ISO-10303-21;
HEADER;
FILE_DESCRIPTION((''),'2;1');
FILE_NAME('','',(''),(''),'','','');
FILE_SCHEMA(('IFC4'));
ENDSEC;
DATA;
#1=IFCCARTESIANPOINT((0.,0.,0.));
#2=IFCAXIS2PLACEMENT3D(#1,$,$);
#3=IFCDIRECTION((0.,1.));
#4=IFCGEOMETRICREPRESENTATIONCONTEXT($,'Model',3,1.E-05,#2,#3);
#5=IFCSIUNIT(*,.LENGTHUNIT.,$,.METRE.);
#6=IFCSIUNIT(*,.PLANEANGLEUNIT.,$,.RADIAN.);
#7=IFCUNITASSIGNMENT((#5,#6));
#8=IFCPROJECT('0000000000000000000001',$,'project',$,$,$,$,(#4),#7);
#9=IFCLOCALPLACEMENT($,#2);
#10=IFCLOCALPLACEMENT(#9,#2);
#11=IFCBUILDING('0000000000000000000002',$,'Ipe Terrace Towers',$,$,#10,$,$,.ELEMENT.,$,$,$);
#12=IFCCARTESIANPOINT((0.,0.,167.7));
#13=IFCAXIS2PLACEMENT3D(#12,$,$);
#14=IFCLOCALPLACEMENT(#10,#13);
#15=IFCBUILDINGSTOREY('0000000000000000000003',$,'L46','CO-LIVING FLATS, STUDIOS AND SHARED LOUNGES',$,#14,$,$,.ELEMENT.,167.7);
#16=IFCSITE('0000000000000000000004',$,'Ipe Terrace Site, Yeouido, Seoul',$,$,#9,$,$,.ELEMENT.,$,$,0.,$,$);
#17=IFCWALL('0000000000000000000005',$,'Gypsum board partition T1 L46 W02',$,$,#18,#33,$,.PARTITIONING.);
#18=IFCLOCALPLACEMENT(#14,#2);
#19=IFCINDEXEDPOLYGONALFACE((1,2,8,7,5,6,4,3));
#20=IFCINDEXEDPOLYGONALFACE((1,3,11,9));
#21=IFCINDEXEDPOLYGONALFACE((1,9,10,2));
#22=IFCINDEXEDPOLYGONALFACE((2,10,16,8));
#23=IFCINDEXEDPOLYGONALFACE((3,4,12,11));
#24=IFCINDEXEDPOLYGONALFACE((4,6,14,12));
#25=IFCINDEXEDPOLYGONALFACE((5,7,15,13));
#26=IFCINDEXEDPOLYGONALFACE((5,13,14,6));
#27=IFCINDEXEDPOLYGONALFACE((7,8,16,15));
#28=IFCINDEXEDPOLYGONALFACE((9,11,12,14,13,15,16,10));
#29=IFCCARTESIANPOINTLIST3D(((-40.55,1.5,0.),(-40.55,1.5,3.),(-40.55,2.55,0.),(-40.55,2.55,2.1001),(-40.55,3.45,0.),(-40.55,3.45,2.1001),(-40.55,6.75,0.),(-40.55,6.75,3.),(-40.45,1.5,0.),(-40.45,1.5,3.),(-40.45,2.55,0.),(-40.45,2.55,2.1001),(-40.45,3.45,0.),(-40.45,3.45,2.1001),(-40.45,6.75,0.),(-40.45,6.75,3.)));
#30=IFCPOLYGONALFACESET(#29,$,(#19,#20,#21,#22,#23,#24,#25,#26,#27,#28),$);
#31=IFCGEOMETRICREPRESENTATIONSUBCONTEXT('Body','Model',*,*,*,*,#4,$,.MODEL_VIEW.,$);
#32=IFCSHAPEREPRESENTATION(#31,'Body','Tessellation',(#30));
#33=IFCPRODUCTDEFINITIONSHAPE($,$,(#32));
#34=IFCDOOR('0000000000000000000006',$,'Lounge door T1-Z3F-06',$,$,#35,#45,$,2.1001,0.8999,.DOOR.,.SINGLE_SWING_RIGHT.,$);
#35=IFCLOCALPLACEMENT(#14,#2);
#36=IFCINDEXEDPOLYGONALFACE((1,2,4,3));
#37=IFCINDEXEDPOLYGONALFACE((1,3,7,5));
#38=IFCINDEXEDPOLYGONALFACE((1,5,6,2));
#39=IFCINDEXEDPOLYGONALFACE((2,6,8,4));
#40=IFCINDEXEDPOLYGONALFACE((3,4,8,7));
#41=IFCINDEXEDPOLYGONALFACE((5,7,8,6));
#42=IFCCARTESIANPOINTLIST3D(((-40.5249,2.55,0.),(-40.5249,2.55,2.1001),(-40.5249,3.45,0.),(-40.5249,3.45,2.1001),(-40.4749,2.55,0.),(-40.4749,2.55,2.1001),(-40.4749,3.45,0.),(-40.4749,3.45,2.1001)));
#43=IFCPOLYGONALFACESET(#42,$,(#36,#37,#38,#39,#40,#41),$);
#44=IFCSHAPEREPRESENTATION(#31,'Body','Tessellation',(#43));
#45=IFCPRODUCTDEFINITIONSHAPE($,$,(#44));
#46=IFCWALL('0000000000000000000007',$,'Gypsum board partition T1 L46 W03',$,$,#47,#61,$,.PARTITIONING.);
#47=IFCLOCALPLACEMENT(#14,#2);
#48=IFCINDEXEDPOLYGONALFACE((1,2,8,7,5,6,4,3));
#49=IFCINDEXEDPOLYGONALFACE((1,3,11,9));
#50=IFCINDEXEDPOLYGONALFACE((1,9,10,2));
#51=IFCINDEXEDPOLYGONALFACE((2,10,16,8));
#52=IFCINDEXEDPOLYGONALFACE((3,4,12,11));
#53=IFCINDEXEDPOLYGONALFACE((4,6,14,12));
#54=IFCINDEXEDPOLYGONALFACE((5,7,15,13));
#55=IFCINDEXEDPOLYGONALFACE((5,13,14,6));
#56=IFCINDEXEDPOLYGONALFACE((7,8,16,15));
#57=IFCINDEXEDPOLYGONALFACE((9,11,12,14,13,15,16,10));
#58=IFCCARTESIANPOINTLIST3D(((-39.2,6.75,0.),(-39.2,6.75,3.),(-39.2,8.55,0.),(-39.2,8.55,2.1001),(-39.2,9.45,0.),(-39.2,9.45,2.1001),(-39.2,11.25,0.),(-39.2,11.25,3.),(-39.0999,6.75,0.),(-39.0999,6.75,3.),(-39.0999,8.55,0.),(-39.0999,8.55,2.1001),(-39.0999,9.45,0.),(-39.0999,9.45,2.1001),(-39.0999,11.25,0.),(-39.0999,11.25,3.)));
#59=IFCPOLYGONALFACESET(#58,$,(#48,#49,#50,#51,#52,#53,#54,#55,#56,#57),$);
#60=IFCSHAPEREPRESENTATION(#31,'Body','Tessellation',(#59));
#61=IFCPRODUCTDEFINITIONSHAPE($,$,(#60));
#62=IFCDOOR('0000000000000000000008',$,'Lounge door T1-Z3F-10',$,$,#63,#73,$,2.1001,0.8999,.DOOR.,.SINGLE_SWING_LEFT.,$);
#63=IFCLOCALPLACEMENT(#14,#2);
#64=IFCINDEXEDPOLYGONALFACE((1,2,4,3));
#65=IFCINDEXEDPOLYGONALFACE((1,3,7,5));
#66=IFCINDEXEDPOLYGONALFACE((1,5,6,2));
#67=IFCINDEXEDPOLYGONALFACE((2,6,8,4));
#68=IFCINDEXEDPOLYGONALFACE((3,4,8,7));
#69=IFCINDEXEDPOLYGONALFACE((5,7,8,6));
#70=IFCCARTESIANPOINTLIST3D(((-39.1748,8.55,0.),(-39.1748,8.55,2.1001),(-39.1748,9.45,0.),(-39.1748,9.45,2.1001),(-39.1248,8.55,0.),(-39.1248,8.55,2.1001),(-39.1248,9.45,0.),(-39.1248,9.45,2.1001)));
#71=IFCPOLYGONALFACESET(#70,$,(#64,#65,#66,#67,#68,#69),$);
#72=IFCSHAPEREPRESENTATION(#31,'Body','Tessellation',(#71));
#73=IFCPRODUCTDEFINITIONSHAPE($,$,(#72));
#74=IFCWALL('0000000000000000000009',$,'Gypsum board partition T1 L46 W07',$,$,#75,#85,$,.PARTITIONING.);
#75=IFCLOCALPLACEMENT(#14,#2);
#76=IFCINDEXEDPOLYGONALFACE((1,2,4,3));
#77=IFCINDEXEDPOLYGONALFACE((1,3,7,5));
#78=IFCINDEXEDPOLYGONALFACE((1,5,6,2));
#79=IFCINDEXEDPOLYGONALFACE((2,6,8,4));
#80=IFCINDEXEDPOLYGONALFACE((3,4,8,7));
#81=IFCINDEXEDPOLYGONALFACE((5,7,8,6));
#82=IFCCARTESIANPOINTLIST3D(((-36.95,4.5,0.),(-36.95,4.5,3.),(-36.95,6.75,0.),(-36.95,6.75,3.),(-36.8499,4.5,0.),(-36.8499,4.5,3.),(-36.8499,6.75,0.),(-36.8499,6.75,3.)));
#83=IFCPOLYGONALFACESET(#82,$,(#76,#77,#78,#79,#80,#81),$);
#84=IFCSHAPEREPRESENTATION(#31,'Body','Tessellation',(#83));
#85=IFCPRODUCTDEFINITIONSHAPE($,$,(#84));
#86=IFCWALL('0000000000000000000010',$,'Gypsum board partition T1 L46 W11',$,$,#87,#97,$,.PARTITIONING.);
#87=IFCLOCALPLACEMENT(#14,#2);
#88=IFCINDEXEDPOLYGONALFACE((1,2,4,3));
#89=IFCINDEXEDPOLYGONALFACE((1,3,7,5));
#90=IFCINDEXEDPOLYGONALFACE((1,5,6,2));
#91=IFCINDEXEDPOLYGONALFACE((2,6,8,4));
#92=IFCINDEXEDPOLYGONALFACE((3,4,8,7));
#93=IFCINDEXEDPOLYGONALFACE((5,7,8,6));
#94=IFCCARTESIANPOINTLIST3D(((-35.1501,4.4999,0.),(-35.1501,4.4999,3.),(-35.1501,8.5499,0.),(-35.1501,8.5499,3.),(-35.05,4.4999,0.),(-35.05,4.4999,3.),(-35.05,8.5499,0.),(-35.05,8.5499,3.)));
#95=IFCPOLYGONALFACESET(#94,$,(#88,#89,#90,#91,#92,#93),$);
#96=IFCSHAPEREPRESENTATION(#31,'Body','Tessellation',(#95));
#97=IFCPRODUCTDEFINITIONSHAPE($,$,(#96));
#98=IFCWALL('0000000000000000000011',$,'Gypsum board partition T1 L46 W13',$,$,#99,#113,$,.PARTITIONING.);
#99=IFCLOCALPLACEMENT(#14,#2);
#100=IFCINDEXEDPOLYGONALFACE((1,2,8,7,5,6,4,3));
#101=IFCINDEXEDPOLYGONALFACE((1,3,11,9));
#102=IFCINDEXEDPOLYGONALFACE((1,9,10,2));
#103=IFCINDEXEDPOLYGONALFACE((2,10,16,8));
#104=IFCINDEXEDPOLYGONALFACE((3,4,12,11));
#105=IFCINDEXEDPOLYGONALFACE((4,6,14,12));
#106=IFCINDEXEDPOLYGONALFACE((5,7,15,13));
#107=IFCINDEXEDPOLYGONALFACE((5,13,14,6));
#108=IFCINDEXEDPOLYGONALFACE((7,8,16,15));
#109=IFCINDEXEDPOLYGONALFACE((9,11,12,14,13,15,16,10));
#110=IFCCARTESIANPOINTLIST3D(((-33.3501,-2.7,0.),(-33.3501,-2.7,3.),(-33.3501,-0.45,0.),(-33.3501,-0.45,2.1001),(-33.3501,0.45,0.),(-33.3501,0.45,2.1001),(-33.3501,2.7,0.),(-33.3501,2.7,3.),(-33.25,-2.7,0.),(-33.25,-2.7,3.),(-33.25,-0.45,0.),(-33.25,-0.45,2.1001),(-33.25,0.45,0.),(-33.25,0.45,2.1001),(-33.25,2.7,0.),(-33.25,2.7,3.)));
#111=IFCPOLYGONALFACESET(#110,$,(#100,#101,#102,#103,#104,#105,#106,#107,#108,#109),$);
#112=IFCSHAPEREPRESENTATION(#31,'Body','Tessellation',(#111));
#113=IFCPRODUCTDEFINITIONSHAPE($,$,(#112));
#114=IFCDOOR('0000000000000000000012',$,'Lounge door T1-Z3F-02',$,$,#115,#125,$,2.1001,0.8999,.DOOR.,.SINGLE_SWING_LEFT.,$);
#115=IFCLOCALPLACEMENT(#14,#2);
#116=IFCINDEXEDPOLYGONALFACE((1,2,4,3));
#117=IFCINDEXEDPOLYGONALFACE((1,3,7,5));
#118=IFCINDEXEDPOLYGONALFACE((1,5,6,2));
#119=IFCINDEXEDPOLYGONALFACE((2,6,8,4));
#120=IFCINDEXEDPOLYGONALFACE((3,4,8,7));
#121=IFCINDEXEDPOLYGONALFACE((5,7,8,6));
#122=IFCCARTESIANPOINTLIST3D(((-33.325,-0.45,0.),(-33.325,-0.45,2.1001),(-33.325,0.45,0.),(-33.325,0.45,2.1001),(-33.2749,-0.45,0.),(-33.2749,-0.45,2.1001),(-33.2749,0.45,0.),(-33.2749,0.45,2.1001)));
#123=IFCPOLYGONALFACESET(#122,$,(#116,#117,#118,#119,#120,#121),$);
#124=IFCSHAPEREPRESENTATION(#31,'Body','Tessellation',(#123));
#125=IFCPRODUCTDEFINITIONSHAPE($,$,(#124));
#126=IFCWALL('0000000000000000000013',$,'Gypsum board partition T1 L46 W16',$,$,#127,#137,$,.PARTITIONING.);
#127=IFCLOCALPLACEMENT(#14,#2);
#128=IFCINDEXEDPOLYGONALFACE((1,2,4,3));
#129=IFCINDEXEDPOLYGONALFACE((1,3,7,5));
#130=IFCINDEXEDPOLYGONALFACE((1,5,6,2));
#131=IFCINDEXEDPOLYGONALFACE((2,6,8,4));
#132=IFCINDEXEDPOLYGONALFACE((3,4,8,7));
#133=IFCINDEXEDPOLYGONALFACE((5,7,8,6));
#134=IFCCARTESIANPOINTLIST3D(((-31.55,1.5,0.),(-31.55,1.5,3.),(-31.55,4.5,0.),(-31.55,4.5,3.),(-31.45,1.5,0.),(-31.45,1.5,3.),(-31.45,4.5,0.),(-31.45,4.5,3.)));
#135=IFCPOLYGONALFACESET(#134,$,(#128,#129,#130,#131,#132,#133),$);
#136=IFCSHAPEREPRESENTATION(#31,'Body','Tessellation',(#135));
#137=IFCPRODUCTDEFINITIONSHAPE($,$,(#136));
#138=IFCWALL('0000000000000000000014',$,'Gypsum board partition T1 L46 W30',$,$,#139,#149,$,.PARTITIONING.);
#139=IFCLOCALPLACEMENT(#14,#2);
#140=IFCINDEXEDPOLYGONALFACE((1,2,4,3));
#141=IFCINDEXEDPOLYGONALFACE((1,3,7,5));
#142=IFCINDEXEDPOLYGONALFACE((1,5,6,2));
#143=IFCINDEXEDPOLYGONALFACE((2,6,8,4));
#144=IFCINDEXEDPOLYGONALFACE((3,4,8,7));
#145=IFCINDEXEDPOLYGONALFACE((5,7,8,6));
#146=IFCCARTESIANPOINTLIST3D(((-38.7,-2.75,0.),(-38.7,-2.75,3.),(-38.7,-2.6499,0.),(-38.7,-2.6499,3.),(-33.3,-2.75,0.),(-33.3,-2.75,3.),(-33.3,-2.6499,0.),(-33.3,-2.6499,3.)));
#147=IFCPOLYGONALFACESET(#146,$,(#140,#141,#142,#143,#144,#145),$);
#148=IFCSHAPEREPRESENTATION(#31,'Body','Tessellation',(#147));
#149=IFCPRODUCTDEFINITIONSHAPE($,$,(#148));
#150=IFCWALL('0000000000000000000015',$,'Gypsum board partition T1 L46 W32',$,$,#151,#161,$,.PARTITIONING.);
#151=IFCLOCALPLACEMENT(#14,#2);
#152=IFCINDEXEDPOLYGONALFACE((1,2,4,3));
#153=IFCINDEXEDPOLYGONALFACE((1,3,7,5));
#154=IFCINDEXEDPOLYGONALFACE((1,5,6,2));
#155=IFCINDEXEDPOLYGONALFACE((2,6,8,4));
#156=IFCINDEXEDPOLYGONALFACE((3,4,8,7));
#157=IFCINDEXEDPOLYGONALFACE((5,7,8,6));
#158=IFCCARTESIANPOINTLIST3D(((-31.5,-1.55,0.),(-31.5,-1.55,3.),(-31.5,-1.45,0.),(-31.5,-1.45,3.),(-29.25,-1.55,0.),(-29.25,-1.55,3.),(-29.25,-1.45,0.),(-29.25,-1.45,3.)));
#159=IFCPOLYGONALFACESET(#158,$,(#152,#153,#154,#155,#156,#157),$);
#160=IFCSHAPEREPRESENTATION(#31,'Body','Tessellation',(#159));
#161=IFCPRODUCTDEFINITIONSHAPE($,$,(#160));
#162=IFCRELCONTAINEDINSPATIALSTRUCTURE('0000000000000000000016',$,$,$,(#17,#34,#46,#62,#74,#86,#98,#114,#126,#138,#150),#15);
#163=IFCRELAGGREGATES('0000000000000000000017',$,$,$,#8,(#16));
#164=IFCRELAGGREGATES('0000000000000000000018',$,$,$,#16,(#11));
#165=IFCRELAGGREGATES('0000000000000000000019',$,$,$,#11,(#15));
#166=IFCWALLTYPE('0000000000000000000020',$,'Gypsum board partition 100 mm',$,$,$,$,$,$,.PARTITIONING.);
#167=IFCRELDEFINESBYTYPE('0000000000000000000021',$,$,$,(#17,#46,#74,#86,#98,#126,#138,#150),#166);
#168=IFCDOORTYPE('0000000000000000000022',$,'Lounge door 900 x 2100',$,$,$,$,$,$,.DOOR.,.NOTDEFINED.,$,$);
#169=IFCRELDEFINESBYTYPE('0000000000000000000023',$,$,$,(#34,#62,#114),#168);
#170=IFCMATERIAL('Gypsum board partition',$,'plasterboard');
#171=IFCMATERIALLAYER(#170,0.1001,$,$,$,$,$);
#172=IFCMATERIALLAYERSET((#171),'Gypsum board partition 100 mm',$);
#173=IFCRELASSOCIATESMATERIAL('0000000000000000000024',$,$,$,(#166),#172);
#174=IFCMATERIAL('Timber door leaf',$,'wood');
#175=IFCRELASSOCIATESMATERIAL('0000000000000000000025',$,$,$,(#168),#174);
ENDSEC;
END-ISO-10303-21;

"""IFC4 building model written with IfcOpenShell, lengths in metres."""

from ifc_helpers import new_model, si_unit, direction, frame, frame_2d, origin, place, context, subcontext, project, spatial, rectangle, extrude, material, layer, layer_set, type_object, element, fill, save


model = new_model("IFC4")

# Units and contexts
model_context = context("Model", 3, precision=1e-05, world=origin(), true_north=direction((0.0, 1.0)))
body_context = subcontext(model_context, "Body", "Model", "MODEL_VIEW")
ifc_project = project(units=[si_unit("LENGTHUNIT", "METRE"), si_unit("PLANEANGLEUNIT", "RADIAN")], contexts=[model_context])

# Site, building, storey
site_placement = place(None, origin())
site = spatial("IfcSite", under=ifc_project, at=site_placement, Name="Ipe Terrace Site, Yeouido, Seoul", CompositionType="ELEMENT", RefElevation=0.0)
building_placement = place(site_placement, origin())
building = spatial("IfcBuilding", under=site, at=building_placement, Name="Ipe Terrace Towers", CompositionType="ELEMENT")
storey_placement = place(building_placement, frame((0.0, 0.0, 167.7)))
storey = spatial("IfcBuildingStorey", under=building, at=storey_placement, Name="L46", Description="CO-LIVING FLATS, STUDIOS AND SHARED LOUNGES", CompositionType="ELEMENT", Elevation=167.7)

# Walls, openings, doors
ifc_material_1 = material(Name="Gypsum board partition", Category="plasterboard")
ifc_layer = layer(ifc_material_1, 0.1001)
ifc_layer_set = layer_set([ifc_layer], Name="Gypsum board partition 100 mm")
wall_type = type_object("IfcWallType", Name="Gypsum board partition 100 mm", PredefinedType="PARTITIONING", material=ifc_layer_set)
wall_1_placement = place(storey_placement, frame((-40.5, 1.5, 0.0), z_axis=(0.0, 0.0, 1.0), x_axis=(0.0, 1.0, 0.0)))
wall_1 = element("IfcWall", 1, at=wall_1_placement, inside=storey, type_object=wall_type, Name="Gypsum board partition T1 L46 W02", PredefinedType="PARTITIONING", context=body_context, shape_type="SweptSolid", body=[
    extrude(rectangle(XDim=5.25, YDim=0.1001, at=frame_2d((2.625, 0.0))), origin(), (0.0, 0.0, 1.0), 3.0),
])
opening_1_placement = place(wall_1_placement, frame((1.05, 0.0, 0.0)))
opening_1 = element("IfcOpeningElement", 2, at=opening_1_placement, cuts=wall_1, PredefinedType="OPENING", context=body_context, shape_type="SweptSolid", body=[
    extrude(rectangle(XDim=0.8999, YDim=2.1001, at=frame_2d((0.45, 1.05))), frame((0.0, 0.0601, 0.0), z_axis=(0.0, -1.0, 0.0), x_axis=(1.0, 0.0, 0.0)), (0.0, 0.0, 1.0), 0.1201),
])
ifc_material_2 = material(Name="Timber door leaf", Category="wood")
door_type_1 = type_object("IfcDoorType", Name="Lounge door 900 x 2100", OperationType="NOTDEFINED", PredefinedType="DOOR", material=ifc_material_2)
door_1_placement = place(opening_1_placement, origin())
door_1 = element("IfcDoor", 3, at=door_1_placement, inside=storey, type_object=door_type_1, Name="Lounge door T1-Z3F-06", OperationType="SINGLE_SWING_RIGHT", OverallHeight=2.1001, OverallWidth=0.8999, PredefinedType="DOOR", context=body_context, shape_type="SweptSolid", body=[
    extrude(rectangle(XDim=0.8999, YDim=2.1001, at=frame_2d((0.45, 1.05))), frame((0.0, 0.0249, 0.0), z_axis=(0.0, -1.0, 0.0), x_axis=(1.0, 0.0, 0.0)), (0.0, 0.0, 1.0), 0.05),
])
fill(opening_1, door_1)
wall_2_placement = place(storey_placement, frame((-39.1499, 6.75, 0.0), z_axis=(0.0, 0.0, 1.0), x_axis=(0.0, 1.0, 0.0)))
wall_2 = element("IfcWall", 4, at=wall_2_placement, inside=storey, type_object=wall_type, Name="Gypsum board partition T1 L46 W03", PredefinedType="PARTITIONING", context=body_context, shape_type="SweptSolid", body=[
    extrude(rectangle(XDim=4.5, YDim=0.1001, at=frame_2d((2.25, 0.0))), origin(), (0.0, 0.0, 1.0), 3.0),
])
opening_2_placement = place(wall_2_placement, frame((1.8, 0.0, 0.0)))
opening_2 = element("IfcOpeningElement", 5, at=opening_2_placement, cuts=wall_2, PredefinedType="OPENING", context=body_context, shape_type="SweptSolid", body=[
    extrude(rectangle(XDim=0.8999, YDim=2.1001, at=frame_2d((0.45, 1.05))), frame((0.0, 0.0601, 0.0), z_axis=(0.0, -1.0, 0.0), x_axis=(1.0, 0.0, 0.0)), (0.0, 0.0, 1.0), 0.1201),
])
door_2_placement = place(opening_2_placement, origin())
door_2 = element("IfcDoor", 6, at=door_2_placement, inside=storey, type_object=door_type_1, Name="Lounge door T1-Z3F-10", OperationType="SINGLE_SWING_LEFT", OverallHeight=2.1001, OverallWidth=0.8999, PredefinedType="DOOR", context=body_context, shape_type="SweptSolid", body=[
    extrude(rectangle(XDim=0.8999, YDim=2.1001, at=frame_2d((0.45, 1.05))), frame((0.0, 0.0249, 0.0), z_axis=(0.0, -1.0, 0.0), x_axis=(1.0, 0.0, 0.0)), (0.0, 0.0, 1.0), 0.05),
])
fill(opening_2, door_2)

# Walls
wall_3_placement = place(storey_placement, frame((-36.8999, 4.5, 0.0), z_axis=(0.0, 0.0, 1.0), x_axis=(0.0, 1.0, 0.0)))
element("IfcWall", 7, at=wall_3_placement, inside=storey, type_object=wall_type, Name="Gypsum board partition T1 L46 W07", PredefinedType="PARTITIONING", context=body_context, shape_type="SweptSolid", body=[
    extrude(rectangle(XDim=2.25, YDim=0.1001, at=frame_2d((1.125, 0.0))), origin(), (0.0, 0.0, 1.0), 3.0),
])
wall_4_placement = place(storey_placement, frame((-35.1001, 4.5, 0.0), z_axis=(0.0, 0.0, 1.0), x_axis=(0.0, 1.0, 0.0)))
element("IfcWall", 8, at=wall_4_placement, inside=storey, type_object=wall_type, Name="Gypsum board partition T1 L46 W11", PredefinedType="PARTITIONING", context=body_context, shape_type="SweptSolid", body=[
    extrude(rectangle(XDim=4.05, YDim=0.1001, at=frame_2d((2.0249, 0.0))), origin(), (0.0, 0.0, 1.0), 3.0),
])

# Wall, opening, door
wall_5_placement = place(storey_placement, frame((-33.3, -2.7, 0.0), z_axis=(0.0, 0.0, 1.0), x_axis=(0.0, 1.0, 0.0)))
wall_5 = element("IfcWall", 9, at=wall_5_placement, inside=storey, type_object=wall_type, Name="Gypsum board partition T1 L46 W13", PredefinedType="PARTITIONING", context=body_context, shape_type="SweptSolid", body=[
    extrude(rectangle(XDim=5.3999, YDim=0.1001, at=frame_2d((2.7, 0.0))), origin(), (0.0, 0.0, 1.0), 3.0),
])
opening_3_placement = place(wall_5_placement, frame((2.25, 0.0, 0.0)))
opening_3 = element("IfcOpeningElement", 10, at=opening_3_placement, cuts=wall_5, PredefinedType="OPENING", context=body_context, shape_type="SweptSolid", body=[
    extrude(rectangle(XDim=0.8999, YDim=2.1001, at=frame_2d((0.45, 1.05))), frame((0.0, 0.0601, 0.0), z_axis=(0.0, -1.0, 0.0), x_axis=(1.0, 0.0, 0.0)), (0.0, 0.0, 1.0), 0.1201),
])
door_3_placement = place(opening_3_placement, origin())
door_3 = element("IfcDoor", 11, at=door_3_placement, inside=storey, type_object=door_type_1, Name="Lounge door T1-Z3F-02", OperationType="SINGLE_SWING_LEFT", OverallHeight=2.1001, OverallWidth=0.8999, PredefinedType="DOOR", context=body_context, shape_type="SweptSolid", body=[
    extrude(rectangle(XDim=0.8999, YDim=2.1001, at=frame_2d((0.45, 1.05))), frame((0.0, 0.0249, 0.0), z_axis=(0.0, -1.0, 0.0), x_axis=(1.0, 0.0, 0.0)), (0.0, 0.0, 1.0), 0.05),
])
fill(opening_3, door_3)

# Walls
wall_6_placement = place(storey_placement, frame((-31.5, 1.5, 0.0), z_axis=(0.0, 0.0, 1.0), x_axis=(0.0, 1.0, 0.0)))
element("IfcWall", 12, at=wall_6_placement, inside=storey, type_object=wall_type, Name="Gypsum board partition T1 L46 W16", PredefinedType="PARTITIONING", context=body_context, shape_type="SweptSolid", body=[
    extrude(rectangle(XDim=3.0, YDim=0.1001, at=frame_2d((1.5, 0.0))), origin(), (0.0, 0.0, 1.0), 3.0),
])
wall_7_placement = place(storey_placement, frame((-38.7, -2.7, 0.0), z_axis=(0.0, 0.0, 1.0), x_axis=(1.0, 0.0, 0.0)))
element("IfcWall", 13, at=wall_7_placement, inside=storey, type_object=wall_type, Name="Gypsum board partition T1 L46 W30", PredefinedType="PARTITIONING", context=body_context, shape_type="SweptSolid", body=[
    extrude(rectangle(XDim=5.3999, YDim=0.1001, at=frame_2d((2.7, 0.0))), origin(), (0.0, 0.0, 1.0), 3.0),
])
wall_8_placement = place(storey_placement, frame((-31.5, -1.5, 0.0), z_axis=(0.0, 0.0, 1.0), x_axis=(1.0, 0.0, 0.0)))
element("IfcWall", 14, at=wall_8_placement, inside=storey, type_object=wall_type, Name="Gypsum board partition T1 L46 W32", PredefinedType="PARTITIONING", context=body_context, shape_type="SweptSolid", body=[
    extrude(rectangle(XDim=2.25, YDim=0.1001, at=frame_2d((1.125, 0.0))), origin(), (0.0, 0.0, 1.0), 3.0),
])

save(model, "model.ifc")
